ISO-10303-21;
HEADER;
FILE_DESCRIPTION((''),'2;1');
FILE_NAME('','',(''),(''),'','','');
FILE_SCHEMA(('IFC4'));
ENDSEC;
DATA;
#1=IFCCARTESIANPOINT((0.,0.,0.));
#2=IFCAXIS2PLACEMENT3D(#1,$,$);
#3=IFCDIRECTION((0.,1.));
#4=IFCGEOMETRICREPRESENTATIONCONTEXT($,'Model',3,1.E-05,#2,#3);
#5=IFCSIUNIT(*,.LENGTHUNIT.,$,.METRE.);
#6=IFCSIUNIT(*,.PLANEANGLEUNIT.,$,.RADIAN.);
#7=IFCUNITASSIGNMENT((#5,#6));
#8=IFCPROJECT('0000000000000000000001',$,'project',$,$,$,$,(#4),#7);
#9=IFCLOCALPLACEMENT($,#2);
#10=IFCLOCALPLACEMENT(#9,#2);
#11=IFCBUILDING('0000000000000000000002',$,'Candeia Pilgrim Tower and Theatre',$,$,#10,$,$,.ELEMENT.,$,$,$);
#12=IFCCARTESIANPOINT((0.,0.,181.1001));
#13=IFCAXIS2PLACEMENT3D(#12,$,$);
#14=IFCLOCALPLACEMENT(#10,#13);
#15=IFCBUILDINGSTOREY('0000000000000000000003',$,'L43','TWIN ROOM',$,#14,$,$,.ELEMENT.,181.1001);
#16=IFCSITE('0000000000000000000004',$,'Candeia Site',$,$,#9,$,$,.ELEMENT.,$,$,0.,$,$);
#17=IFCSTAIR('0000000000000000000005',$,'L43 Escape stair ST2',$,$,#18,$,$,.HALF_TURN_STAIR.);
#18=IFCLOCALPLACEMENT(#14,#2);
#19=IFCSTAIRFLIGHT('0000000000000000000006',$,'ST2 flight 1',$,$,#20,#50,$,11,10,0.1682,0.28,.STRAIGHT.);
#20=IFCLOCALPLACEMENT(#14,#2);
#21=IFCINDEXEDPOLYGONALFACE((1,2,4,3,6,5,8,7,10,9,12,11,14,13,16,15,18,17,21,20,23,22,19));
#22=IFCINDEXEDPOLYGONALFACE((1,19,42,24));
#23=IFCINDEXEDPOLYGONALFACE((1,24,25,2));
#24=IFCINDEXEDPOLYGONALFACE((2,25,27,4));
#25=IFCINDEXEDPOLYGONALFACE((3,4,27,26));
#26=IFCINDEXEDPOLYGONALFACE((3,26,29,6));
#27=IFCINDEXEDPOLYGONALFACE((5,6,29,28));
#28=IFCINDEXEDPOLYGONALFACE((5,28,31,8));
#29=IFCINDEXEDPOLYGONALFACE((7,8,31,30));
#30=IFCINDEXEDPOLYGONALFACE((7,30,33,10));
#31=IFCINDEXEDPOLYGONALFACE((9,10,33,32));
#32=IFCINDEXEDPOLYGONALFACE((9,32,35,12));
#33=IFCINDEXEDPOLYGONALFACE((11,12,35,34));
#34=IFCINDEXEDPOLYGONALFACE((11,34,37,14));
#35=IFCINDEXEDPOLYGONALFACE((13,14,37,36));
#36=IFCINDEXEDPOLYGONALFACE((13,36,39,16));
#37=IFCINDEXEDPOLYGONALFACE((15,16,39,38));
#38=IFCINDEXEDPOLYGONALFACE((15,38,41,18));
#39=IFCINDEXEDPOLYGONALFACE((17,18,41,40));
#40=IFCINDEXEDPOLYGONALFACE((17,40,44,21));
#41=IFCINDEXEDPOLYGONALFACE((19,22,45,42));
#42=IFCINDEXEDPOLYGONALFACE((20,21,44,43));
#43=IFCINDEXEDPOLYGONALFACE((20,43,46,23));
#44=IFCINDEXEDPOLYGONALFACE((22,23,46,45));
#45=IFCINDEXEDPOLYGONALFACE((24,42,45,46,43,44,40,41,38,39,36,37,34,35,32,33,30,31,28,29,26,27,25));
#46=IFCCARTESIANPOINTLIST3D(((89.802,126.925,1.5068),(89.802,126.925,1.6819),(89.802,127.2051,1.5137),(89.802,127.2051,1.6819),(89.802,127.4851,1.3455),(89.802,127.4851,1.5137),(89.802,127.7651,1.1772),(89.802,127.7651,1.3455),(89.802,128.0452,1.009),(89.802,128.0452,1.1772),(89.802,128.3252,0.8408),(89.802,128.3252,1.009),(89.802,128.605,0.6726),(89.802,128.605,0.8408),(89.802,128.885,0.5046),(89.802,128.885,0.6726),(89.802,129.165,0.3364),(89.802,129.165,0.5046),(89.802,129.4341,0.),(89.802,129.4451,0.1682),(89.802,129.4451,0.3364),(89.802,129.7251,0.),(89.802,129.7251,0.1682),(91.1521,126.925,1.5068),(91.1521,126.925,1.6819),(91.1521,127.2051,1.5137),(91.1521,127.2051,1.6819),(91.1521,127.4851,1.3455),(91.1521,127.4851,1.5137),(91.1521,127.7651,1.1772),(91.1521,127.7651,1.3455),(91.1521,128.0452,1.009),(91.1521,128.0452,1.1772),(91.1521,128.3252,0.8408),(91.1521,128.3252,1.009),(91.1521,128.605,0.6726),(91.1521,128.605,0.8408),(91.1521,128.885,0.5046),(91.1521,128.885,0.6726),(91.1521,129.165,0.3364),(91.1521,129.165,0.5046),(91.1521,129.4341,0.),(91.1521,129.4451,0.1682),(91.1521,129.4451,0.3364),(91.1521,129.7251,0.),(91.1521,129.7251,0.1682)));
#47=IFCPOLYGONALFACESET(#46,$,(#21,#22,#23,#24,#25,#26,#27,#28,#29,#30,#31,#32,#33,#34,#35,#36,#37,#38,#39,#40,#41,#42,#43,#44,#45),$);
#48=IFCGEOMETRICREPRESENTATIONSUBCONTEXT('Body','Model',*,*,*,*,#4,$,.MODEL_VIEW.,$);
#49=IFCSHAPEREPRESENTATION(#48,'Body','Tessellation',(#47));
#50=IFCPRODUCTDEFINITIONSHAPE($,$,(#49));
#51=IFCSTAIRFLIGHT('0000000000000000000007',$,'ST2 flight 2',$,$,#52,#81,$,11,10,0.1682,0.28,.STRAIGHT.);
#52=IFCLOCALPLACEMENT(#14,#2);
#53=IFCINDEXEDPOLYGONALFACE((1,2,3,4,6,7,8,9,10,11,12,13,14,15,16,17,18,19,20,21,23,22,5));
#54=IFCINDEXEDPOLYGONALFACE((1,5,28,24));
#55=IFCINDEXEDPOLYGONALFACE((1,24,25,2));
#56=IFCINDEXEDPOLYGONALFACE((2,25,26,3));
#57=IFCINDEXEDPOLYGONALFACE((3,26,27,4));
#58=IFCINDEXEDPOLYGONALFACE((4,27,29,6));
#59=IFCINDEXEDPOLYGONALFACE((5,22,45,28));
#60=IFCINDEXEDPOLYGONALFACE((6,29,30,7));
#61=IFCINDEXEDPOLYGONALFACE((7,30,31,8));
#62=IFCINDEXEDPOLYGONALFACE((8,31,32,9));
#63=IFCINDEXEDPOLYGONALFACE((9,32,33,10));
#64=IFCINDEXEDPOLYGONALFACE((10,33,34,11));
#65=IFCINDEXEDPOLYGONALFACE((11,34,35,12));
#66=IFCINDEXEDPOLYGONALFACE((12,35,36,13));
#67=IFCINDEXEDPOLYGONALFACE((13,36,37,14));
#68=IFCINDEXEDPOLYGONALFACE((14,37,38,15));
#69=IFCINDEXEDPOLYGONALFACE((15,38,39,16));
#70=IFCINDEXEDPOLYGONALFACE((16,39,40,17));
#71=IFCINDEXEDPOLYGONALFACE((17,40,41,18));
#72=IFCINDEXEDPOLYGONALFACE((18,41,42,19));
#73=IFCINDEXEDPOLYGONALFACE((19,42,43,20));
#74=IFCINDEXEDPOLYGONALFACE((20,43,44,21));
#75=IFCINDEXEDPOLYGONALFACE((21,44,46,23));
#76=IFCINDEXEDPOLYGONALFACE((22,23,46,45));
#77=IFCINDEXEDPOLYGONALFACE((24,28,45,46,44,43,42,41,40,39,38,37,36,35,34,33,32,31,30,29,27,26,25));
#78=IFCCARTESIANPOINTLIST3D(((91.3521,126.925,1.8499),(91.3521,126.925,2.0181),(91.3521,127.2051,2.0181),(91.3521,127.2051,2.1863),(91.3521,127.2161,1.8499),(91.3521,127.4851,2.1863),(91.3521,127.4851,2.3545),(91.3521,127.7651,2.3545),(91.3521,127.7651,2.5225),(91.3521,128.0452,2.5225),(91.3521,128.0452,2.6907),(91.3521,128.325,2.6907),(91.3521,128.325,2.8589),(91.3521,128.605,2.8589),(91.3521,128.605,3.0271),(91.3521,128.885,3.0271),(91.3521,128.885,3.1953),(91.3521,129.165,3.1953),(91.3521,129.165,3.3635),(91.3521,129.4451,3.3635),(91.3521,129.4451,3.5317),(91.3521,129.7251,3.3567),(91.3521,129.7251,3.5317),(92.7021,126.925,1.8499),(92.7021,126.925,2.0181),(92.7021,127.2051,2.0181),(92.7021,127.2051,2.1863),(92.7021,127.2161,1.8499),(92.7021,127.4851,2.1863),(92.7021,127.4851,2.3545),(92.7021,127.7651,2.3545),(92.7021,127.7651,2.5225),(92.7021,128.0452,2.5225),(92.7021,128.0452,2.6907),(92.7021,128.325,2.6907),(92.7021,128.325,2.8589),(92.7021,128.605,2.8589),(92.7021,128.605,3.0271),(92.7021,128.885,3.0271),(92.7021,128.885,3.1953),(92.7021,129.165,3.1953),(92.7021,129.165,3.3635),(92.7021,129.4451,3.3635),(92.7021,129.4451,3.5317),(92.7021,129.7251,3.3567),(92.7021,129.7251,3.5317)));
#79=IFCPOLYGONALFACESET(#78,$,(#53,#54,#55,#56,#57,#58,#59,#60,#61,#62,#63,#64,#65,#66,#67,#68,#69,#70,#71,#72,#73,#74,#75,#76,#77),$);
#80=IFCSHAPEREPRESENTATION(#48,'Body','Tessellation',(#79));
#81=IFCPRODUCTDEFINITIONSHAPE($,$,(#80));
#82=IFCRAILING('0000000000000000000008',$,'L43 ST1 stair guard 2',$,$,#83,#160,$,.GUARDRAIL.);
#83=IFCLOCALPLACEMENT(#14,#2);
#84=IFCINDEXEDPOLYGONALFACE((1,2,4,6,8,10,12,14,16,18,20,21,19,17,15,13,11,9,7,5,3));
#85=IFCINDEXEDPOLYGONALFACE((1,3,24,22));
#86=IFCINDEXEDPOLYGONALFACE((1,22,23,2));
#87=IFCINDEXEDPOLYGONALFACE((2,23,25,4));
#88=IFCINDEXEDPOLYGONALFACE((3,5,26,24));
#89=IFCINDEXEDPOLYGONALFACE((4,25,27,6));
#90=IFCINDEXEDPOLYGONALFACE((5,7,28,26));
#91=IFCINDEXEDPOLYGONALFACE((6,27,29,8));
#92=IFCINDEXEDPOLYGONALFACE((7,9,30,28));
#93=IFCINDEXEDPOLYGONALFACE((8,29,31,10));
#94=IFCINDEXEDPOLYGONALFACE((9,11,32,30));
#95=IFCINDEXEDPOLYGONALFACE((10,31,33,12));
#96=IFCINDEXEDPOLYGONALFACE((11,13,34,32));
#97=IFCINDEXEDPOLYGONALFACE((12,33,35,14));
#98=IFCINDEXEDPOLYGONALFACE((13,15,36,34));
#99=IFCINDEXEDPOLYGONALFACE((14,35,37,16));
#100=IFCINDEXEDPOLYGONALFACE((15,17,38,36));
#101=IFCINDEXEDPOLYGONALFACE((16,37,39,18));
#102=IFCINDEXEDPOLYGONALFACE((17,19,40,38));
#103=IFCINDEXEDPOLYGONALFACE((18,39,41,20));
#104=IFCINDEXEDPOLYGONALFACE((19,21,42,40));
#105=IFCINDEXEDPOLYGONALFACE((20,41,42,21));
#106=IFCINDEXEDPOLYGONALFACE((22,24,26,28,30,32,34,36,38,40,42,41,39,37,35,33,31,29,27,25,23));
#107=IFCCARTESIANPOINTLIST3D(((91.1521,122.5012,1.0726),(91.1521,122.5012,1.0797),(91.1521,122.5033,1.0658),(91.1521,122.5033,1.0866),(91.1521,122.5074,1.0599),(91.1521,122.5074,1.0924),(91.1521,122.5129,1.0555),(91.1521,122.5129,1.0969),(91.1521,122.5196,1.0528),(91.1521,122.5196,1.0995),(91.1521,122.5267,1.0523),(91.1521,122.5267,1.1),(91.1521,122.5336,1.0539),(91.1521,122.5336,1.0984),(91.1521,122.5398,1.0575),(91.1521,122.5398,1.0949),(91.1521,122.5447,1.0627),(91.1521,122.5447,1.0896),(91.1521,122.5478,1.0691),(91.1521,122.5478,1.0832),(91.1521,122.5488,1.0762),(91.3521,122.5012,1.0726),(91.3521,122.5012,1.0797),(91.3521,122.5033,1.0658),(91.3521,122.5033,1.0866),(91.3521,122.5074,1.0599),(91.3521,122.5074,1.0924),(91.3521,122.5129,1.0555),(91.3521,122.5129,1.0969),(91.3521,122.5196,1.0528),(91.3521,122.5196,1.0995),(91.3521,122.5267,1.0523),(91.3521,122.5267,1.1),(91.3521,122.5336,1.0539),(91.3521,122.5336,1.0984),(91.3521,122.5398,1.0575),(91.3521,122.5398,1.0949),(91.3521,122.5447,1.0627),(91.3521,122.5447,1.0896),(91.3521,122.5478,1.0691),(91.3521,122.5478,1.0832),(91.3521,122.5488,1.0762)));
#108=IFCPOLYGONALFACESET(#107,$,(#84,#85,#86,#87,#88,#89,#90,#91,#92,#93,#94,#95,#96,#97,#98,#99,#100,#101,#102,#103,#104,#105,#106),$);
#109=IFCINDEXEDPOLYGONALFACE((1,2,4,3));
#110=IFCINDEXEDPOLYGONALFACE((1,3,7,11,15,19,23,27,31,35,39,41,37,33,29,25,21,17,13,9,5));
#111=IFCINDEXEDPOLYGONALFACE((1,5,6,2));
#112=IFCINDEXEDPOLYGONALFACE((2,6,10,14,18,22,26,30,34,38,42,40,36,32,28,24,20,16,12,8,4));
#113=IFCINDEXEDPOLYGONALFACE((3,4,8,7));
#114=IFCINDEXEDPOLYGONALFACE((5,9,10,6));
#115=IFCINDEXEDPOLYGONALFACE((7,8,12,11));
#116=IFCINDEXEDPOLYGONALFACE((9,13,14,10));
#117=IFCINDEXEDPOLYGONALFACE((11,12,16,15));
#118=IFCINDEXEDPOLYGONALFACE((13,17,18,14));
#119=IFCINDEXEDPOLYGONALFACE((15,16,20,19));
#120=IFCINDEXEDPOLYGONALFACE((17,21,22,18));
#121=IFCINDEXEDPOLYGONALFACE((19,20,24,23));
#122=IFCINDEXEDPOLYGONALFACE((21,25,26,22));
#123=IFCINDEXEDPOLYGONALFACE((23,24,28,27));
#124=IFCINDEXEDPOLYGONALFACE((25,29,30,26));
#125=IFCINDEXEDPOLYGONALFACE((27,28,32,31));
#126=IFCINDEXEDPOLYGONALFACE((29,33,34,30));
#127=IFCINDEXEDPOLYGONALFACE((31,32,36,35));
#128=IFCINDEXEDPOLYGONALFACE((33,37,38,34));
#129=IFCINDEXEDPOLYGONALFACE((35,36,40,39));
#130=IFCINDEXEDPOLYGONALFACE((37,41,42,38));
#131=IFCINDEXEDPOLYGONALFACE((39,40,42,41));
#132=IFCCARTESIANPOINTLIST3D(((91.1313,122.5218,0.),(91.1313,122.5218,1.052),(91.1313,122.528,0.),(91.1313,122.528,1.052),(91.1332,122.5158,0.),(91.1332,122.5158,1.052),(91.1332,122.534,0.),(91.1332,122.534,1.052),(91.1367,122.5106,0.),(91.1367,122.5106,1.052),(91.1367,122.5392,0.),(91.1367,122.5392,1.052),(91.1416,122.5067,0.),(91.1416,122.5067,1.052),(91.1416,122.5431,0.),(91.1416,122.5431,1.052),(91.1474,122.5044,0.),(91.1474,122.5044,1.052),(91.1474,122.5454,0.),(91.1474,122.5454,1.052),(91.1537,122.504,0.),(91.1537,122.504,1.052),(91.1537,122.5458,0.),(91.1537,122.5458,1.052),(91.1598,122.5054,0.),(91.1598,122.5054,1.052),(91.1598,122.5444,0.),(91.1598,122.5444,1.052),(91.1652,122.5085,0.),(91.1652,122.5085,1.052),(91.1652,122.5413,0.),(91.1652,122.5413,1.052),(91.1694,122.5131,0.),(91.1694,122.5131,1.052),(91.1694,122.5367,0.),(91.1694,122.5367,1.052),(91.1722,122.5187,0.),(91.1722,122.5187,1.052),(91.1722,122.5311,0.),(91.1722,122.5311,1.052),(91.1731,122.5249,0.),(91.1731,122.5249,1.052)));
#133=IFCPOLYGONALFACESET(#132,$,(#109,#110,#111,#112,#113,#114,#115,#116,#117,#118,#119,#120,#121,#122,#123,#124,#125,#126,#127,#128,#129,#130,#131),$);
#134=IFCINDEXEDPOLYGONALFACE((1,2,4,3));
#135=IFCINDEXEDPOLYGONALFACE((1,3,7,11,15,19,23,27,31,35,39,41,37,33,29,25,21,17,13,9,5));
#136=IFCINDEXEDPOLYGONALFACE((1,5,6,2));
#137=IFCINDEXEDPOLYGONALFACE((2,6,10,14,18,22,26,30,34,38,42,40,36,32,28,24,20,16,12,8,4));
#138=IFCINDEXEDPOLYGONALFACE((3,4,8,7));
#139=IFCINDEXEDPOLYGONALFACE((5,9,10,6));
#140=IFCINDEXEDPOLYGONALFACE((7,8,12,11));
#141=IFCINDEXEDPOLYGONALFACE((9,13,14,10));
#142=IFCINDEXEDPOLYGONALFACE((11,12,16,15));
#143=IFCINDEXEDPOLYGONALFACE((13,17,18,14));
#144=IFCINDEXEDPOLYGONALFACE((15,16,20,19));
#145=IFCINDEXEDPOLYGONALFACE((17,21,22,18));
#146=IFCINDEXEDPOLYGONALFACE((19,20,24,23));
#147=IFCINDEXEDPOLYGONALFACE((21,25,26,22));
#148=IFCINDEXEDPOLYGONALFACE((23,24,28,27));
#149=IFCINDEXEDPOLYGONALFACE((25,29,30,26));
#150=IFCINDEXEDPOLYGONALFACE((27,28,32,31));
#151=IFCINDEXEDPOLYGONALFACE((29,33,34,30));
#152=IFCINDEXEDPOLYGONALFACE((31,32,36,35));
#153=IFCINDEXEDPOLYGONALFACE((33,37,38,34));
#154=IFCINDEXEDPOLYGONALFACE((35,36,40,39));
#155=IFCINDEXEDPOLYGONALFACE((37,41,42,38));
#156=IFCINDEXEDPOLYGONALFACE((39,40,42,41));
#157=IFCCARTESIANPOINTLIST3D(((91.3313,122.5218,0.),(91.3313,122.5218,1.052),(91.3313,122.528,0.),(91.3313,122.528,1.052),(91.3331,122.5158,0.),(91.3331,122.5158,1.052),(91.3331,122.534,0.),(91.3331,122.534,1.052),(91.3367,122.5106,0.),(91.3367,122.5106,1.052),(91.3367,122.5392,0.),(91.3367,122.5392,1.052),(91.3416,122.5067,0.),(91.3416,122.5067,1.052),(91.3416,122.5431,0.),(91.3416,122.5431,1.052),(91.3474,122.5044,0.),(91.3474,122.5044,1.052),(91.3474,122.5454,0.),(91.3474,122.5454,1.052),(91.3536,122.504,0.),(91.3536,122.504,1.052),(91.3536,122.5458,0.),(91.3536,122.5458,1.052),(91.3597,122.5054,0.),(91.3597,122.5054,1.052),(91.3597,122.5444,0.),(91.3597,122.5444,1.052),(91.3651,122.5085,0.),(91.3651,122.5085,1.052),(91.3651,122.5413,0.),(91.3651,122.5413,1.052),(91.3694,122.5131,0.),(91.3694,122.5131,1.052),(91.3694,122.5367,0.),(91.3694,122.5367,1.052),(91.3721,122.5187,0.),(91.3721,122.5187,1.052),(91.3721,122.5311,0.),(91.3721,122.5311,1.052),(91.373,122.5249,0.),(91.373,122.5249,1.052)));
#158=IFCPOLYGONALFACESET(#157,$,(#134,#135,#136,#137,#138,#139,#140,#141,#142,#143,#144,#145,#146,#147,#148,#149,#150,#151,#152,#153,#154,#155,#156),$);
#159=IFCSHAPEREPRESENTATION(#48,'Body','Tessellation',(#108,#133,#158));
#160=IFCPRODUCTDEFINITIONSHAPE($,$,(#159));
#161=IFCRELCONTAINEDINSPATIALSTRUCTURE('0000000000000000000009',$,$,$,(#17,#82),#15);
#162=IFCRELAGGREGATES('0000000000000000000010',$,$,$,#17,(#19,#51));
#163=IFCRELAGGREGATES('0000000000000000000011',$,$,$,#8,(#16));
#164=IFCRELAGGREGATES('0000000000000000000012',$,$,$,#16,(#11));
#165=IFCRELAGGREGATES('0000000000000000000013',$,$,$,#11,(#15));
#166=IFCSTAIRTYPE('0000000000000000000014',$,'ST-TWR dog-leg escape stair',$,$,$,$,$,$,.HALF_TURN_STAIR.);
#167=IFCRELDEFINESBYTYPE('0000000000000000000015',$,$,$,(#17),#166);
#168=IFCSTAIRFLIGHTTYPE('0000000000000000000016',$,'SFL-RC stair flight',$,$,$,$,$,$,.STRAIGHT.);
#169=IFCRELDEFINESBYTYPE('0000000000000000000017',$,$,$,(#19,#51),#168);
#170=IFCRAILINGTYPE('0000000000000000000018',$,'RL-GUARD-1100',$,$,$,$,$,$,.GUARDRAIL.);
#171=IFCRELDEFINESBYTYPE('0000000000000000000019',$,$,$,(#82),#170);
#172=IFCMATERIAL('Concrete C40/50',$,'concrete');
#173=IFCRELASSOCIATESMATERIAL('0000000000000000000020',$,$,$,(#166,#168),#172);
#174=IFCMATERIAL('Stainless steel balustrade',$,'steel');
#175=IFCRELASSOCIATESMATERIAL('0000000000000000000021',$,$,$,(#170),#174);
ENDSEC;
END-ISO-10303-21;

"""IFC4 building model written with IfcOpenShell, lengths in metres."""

from ifc_helpers import new_model, si_unit, direction, frame, origin, origin_2d, place, context, subcontext, project, spatial, polyline, circle, outline, extrude, material, type_object, element, aggregate, save


model = new_model("IFC4")

# Units and contexts
model_context = context("Model", 3, precision=1e-05, world=origin(), true_north=direction((0.0, 1.0)))
body_context = subcontext(model_context, "Body", "Model", "MODEL_VIEW")
ifc_project = project(units=[si_unit("LENGTHUNIT", "METRE"), si_unit("PLANEANGLEUNIT", "RADIAN")], contexts=[model_context])

# Site, building, storey
site_placement = place(None, origin())
site = spatial("IfcSite", under=ifc_project, at=site_placement, Name="Candeia Site", CompositionType="ELEMENT", RefElevation=0.0)
building_placement = place(site_placement, origin())
building = spatial("IfcBuilding", under=site, at=building_placement, Name="Candeia Pilgrim Tower and Theatre", CompositionType="ELEMENT")
storey_placement = place(building_placement, frame((0.0, 0.0, 181.1001)))
storey = spatial("IfcBuildingStorey", under=building, at=storey_placement, Name="L43", Description="TWIN ROOM", CompositionType="ELEMENT", Elevation=181.1001)

# Shared definitions
ifc_material_1 = material(Name="Concrete C40/50", Category="concrete")

# Stair, stair flights
stair_type = type_object("IfcStairType", Name="ST-TWR dog-leg escape stair", PredefinedType="HALF_TURN_STAIR", material=ifc_material_1)
stair_flight_type = type_object("IfcStairFlightType", Name="SFL-RC stair flight", PredefinedType="STRAIGHT", material=ifc_material_1)
stair_1_placement = place(storey_placement, origin())
stair_1 = element("IfcStair", 1, at=stair_1_placement, inside=storey, type_object=stair_type, Name="L43 Escape stair ST2", PredefinedType="HALF_TURN_STAIR")
stair_flight_1_placement = place(storey_placement, frame((90.4771, 129.7251, 0.0), z_axis=(0.0, 0.0, 1.0), x_axis=(0.0, -1.0, 0.0)))
stair_flight_1 = element("IfcStairFlight", 2, at=stair_flight_1_placement, type_object=stair_flight_type, Name="ST2 flight 1", NumberOfRisers=11, NumberOfTreads=10, PredefinedType="STRAIGHT", RiserHeight=0.1682, TreadLength=0.28, context=body_context, shape_type="SweptSolid", body=[
    extrude(outline(polyline([(0.0, 0.0), (0.0, 0.1682), (0.28, 0.1682), (0.28, 0.3364), (0.5601, 0.3364), (0.5601, 0.5046), (0.8401, 0.5046), (0.8401, 0.6726), (1.1201, 0.6726), (1.1201, 0.8408), (1.3999, 0.8408), (1.3999, 1.009), (1.6799, 1.009), (1.6799, 1.1772), (1.96, 1.1772), (1.96, 1.3455), (2.24, 1.3455), (2.24, 1.5137), (2.52, 1.5137), (2.52, 1.6819), (2.8, 1.6819), (2.8, 1.8501), (2.8, 1.5068), (0.291, 0.0), (0.0, 0.0)])), frame((0.0, 0.675, 0.0), z_axis=(0.0, -1.0, 0.0), x_axis=(1.0, 0.0, 0.0)), (0.0, 0.0, 1.0), 1.3501),
])
stair_flight_2_placement = place(storey_placement, frame((92.0271, 126.925, 1.8499), z_axis=(0.0, 0.0, 1.0), x_axis=(0.0, 1.0, 0.0)))
stair_flight_2 = element("IfcStairFlight", 3, at=stair_flight_2_placement, type_object=stair_flight_type, Name="ST2 flight 2", NumberOfRisers=11, NumberOfTreads=10, PredefinedType="STRAIGHT", RiserHeight=0.1682, TreadLength=0.28, context=body_context, shape_type="SweptSolid", body=[
    extrude(outline(polyline([(0.0, 0.0), (0.0, 0.1682), (0.28, 0.1682), (0.28, 0.3364), (0.5601, 0.3364), (0.5601, 0.5046), (0.8401, 0.5046), (0.8401, 0.6726), (1.1201, 0.6726), (1.1201, 0.8408), (1.3999, 0.8408), (1.3999, 1.009), (1.6799, 1.009), (1.6799, 1.1772), (1.96, 1.1772), (1.96, 1.3455), (2.24, 1.3455), (2.24, 1.5137), (2.52, 1.5137), (2.52, 1.6819), (2.8, 1.6819), (2.8, 1.8501), (2.8, 1.5068), (0.291, 0.0), (0.0, 0.0)])), frame((0.0, 0.675, 0.0), z_axis=(0.0, -1.0, 0.0), x_axis=(1.0, 0.0, 0.0)), (0.0, 0.0, 1.0), 1.3501),
])
aggregate(stair_1, [stair_flight_1, stair_flight_2])

# Railing
ifc_material_2 = material(Name="Stainless steel balustrade", Category="steel")
railing_type_1 = type_object("IfcRailingType", Name="RL-GUARD-1100", PredefinedType="GUARDRAIL", material=ifc_material_2)
railing_1_placement = place(storey_placement, frame((91.1521, 122.5249, 0.0)))
element("IfcRailing", 4, at=railing_1_placement, inside=storey, type_object=railing_type_1, Name="L43 ST1 stair guard 2", PredefinedType="GUARDRAIL", context=body_context, shape_type="SweptSolid", body=[
    extrude(circle(Radius=0.0239, at=origin_2d()), frame((0.0, 0.0, 1.0762), z_axis=(1.0, 0.0, 0.0), x_axis=(0.0, 1.0, 0.0)), (0.0, 0.0, 1.0), 0.2),
    extrude(circle(Radius=0.021, at=origin_2d()), origin(), (0.0, 0.0, 1.0), 1.052),
    extrude(circle(Radius=0.021, at=origin_2d()), frame((0.2, 0.0, 0.0)), (0.0, 0.0, 1.0), 1.052),
])

save(model, "model.ifc")
